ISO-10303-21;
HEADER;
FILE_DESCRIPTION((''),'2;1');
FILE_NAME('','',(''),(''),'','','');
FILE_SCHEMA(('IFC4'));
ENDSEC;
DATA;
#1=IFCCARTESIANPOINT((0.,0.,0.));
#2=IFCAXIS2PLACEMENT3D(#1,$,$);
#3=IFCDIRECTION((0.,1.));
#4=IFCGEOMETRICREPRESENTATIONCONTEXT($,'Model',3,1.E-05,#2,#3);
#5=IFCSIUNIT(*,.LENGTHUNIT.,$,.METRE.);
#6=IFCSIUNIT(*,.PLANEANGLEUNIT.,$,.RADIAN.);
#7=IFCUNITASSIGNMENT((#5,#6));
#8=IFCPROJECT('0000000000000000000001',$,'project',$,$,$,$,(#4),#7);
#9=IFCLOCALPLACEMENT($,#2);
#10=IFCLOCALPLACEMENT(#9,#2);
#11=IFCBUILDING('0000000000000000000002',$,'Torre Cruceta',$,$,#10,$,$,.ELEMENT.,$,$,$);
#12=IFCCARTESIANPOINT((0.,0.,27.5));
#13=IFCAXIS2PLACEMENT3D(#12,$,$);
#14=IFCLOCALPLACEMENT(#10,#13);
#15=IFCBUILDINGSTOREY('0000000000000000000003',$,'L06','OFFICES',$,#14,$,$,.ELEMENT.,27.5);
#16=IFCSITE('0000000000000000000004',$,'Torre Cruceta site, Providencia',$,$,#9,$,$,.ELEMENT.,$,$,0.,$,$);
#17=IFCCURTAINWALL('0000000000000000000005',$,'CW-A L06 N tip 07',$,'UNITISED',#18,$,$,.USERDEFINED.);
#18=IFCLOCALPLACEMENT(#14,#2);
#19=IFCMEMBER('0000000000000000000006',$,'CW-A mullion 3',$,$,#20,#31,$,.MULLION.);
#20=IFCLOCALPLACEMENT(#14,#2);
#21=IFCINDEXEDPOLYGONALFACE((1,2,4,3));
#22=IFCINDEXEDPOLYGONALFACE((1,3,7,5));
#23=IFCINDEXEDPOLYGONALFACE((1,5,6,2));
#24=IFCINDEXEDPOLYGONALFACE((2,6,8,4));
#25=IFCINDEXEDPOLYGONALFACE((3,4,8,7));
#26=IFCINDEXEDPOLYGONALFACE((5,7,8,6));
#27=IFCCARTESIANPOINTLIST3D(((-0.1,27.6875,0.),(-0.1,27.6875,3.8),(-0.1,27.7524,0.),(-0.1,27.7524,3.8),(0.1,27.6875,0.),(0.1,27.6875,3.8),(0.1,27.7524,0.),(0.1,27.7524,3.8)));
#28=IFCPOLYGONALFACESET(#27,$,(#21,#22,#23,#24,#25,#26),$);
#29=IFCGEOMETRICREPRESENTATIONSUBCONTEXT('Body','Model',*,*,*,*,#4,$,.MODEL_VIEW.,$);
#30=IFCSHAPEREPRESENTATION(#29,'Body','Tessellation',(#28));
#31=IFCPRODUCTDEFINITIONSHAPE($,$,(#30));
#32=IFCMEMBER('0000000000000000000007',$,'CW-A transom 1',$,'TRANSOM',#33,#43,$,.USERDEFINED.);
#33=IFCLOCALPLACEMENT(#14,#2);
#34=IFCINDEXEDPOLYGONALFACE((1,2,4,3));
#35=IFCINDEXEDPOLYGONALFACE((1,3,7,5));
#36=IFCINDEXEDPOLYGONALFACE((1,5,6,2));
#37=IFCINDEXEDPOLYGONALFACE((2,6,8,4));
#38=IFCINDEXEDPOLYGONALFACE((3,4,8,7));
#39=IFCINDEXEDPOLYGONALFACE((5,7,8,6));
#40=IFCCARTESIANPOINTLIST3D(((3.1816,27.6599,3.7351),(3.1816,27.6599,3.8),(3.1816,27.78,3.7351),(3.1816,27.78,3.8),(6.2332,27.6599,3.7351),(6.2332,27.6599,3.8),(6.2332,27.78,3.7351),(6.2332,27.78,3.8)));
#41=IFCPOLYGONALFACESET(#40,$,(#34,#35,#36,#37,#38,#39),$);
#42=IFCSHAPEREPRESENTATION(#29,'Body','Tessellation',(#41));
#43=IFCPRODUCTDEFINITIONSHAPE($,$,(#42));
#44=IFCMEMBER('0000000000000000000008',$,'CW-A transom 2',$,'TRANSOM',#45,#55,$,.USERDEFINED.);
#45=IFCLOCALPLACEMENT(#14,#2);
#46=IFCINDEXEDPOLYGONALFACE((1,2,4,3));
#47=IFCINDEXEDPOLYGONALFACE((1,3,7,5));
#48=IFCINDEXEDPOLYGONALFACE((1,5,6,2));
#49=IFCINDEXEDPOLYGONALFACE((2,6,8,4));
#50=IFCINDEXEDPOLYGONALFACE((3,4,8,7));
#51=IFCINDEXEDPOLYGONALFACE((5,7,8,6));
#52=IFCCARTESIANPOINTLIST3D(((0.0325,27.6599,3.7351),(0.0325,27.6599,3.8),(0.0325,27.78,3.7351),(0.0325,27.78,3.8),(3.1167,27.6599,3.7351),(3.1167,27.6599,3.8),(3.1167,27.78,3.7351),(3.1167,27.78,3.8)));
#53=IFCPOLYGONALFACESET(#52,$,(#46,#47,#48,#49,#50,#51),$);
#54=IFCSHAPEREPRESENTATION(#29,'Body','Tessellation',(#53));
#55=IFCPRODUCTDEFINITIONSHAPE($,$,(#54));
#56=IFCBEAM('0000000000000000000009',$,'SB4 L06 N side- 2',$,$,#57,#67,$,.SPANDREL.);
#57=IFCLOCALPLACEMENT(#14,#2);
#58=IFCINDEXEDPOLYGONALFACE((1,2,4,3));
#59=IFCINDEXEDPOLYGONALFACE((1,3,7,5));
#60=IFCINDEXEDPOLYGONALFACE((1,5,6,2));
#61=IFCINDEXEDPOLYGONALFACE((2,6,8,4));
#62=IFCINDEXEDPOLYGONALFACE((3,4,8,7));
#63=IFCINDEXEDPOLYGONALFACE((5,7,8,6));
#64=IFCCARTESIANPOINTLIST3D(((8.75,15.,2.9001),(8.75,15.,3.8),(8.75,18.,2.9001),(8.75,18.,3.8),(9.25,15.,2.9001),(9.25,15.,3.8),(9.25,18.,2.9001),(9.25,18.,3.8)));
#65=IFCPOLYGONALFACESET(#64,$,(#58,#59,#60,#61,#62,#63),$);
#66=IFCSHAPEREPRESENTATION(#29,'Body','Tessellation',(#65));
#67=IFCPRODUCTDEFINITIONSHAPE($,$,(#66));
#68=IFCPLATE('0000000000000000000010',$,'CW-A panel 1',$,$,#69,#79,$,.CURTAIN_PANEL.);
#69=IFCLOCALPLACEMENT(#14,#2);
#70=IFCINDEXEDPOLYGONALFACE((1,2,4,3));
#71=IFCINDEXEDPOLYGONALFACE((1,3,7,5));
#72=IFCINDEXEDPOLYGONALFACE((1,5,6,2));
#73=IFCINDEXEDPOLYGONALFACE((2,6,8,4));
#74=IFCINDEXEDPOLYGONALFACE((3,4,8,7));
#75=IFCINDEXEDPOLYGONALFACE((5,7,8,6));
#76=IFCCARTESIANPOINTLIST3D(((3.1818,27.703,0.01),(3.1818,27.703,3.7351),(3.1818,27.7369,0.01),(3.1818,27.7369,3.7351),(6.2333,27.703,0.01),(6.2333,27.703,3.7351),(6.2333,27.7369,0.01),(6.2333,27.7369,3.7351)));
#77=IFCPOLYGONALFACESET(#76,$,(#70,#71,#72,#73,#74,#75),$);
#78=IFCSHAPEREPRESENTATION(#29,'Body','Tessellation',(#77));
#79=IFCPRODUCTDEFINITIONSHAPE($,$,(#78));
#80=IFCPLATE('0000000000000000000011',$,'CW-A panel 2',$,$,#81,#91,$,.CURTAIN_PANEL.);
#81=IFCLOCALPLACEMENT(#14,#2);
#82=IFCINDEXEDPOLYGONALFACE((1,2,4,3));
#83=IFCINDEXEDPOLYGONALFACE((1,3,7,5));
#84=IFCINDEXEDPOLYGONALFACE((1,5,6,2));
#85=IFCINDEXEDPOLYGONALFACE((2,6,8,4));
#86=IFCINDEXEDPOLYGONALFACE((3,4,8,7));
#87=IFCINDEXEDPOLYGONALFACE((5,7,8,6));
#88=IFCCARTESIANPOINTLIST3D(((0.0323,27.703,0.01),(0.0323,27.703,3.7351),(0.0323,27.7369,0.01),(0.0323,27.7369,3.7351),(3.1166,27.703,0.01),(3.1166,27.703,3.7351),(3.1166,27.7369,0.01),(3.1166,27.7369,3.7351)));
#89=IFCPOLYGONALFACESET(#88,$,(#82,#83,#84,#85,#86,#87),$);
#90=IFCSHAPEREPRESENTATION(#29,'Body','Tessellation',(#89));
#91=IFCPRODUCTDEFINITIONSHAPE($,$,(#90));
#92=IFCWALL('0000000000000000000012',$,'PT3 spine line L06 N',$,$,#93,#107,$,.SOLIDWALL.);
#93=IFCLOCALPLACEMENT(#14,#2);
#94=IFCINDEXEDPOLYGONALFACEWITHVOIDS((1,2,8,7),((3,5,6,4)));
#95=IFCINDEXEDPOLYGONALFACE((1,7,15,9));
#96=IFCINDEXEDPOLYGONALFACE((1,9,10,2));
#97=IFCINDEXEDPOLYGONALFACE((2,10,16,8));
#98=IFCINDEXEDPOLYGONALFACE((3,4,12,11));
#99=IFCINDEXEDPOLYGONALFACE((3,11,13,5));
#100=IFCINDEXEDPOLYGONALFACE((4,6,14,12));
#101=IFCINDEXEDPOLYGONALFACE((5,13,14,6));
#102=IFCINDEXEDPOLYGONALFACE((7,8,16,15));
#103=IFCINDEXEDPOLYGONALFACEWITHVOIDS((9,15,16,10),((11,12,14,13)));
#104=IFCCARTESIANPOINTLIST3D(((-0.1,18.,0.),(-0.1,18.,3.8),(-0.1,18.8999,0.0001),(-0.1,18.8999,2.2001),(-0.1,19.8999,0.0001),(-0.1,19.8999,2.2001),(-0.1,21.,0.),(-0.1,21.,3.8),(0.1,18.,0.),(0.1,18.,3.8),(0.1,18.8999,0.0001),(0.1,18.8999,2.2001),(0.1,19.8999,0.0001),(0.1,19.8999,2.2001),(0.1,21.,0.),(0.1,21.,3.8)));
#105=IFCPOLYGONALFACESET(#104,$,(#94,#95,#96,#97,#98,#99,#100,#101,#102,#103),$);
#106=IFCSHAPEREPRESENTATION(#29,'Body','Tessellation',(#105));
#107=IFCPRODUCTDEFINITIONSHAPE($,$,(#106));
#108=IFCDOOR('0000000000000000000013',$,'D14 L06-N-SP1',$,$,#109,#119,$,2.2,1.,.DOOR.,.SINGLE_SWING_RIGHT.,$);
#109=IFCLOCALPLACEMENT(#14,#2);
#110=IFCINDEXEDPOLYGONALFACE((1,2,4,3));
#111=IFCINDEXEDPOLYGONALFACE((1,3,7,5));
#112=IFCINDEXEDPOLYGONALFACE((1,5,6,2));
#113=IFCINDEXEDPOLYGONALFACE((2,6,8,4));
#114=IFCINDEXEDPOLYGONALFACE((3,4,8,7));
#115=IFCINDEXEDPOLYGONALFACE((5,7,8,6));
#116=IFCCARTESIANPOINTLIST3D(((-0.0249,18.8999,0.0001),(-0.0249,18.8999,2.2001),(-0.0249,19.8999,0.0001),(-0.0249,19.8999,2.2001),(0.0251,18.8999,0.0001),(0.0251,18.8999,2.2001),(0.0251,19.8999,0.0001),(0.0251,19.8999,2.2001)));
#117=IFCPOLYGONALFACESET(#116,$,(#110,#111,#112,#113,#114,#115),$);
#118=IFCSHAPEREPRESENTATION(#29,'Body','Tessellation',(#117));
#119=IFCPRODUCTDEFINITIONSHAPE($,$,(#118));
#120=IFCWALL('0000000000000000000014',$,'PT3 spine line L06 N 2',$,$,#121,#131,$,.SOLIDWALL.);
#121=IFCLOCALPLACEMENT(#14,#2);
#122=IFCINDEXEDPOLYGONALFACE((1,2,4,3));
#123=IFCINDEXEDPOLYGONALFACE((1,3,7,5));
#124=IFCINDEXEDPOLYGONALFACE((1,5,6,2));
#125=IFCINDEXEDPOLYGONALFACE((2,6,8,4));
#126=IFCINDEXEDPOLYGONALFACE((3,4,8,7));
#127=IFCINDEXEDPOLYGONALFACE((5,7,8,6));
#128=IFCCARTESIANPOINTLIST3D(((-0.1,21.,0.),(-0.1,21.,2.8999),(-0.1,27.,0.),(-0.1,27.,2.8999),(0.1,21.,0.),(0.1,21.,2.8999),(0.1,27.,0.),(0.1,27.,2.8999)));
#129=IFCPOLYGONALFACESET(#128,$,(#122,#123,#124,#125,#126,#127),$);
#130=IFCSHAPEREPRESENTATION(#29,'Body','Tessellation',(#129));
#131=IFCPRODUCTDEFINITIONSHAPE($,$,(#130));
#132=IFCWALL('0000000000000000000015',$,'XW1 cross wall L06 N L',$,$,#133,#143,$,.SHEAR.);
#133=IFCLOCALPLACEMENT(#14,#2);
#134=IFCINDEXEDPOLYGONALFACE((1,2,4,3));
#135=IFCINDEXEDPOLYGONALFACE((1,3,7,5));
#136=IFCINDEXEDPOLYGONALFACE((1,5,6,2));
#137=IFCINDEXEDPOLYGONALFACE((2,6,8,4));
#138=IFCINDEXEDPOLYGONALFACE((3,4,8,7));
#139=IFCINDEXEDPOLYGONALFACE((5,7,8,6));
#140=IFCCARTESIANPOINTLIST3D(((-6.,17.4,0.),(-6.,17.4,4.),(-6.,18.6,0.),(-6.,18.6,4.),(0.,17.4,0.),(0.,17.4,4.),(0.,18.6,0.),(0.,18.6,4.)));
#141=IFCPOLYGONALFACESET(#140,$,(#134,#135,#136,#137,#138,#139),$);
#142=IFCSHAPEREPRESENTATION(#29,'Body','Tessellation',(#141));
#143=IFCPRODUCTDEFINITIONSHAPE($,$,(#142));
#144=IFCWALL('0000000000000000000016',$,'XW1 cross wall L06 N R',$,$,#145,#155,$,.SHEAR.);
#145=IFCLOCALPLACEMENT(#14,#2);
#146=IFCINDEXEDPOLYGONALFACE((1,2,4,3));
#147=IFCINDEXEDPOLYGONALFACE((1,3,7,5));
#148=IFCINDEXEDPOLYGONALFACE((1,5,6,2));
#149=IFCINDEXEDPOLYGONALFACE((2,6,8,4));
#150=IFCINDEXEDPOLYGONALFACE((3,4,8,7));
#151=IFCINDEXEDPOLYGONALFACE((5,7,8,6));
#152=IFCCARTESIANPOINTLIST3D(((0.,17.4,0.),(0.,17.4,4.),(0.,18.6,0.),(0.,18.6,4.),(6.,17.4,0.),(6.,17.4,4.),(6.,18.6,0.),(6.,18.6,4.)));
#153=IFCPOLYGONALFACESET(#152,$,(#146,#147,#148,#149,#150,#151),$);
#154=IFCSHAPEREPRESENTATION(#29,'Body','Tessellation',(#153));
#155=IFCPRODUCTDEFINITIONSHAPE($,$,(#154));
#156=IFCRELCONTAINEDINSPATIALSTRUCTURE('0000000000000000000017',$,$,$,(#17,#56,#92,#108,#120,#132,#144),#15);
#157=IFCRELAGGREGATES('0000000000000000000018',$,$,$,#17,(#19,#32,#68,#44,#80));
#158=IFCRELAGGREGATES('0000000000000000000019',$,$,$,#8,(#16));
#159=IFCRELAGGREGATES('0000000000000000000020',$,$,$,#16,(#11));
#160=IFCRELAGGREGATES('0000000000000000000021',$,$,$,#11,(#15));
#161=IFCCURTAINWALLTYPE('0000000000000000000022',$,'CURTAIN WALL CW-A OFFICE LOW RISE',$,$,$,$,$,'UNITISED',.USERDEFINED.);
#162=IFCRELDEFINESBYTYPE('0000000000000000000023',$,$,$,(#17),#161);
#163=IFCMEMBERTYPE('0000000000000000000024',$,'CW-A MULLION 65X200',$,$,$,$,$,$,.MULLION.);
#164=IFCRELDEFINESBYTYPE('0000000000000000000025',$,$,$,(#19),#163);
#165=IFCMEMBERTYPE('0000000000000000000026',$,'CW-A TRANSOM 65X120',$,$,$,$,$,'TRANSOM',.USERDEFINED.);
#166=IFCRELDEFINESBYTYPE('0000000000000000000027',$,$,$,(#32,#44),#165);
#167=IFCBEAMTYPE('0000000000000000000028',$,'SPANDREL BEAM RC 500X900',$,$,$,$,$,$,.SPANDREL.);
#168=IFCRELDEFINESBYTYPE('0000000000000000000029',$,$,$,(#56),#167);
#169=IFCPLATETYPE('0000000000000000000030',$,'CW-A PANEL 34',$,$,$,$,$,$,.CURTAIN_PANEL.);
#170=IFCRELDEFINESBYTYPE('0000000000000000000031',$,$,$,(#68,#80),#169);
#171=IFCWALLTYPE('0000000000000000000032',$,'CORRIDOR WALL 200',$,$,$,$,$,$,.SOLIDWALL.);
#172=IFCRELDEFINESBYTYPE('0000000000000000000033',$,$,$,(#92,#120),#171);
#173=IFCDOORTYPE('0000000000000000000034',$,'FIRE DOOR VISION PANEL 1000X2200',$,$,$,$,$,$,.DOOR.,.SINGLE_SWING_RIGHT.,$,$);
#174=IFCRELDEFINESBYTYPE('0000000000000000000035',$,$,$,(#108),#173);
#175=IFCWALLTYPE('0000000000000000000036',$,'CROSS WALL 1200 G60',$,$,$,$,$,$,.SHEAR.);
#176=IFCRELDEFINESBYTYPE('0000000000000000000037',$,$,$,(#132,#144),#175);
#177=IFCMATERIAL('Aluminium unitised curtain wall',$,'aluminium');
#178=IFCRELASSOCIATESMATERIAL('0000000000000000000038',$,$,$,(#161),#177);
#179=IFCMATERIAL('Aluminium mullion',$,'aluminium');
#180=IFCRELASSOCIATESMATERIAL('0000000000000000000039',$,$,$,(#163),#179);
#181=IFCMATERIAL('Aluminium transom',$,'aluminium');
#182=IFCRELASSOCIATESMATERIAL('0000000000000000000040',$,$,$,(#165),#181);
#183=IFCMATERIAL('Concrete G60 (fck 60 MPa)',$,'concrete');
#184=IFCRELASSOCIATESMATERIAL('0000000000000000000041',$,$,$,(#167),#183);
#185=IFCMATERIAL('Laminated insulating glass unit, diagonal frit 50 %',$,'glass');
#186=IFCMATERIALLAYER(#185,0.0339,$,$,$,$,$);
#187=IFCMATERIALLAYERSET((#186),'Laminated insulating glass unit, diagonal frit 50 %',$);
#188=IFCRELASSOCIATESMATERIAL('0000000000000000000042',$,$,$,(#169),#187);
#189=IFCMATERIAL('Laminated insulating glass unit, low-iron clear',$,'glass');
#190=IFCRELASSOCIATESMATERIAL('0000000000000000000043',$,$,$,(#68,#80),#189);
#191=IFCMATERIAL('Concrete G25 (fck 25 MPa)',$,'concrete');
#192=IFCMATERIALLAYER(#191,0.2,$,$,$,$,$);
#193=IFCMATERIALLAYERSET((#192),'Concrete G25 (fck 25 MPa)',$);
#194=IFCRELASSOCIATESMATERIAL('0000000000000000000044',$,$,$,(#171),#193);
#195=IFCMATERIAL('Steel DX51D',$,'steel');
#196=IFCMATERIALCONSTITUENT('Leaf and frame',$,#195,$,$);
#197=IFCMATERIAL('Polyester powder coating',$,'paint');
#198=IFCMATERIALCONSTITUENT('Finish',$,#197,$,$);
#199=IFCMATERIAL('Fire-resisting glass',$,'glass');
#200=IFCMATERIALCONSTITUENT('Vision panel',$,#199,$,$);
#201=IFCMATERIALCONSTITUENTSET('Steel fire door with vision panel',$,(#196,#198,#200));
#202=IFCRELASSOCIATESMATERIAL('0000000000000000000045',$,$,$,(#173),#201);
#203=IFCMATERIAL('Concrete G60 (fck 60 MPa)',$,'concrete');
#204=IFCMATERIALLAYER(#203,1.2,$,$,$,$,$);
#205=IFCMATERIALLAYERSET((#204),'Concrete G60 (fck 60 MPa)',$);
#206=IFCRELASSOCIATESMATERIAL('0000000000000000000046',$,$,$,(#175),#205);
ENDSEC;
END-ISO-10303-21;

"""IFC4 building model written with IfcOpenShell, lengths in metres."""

from ifc_helpers import new_model, si_unit, direction, frame, frame_2d, origin, origin_2d, place, context, subcontext, project, spatial, rectangle, extrude, material, layer, layer_set, constituent, constituent_set, material_profile, profile_set, type_object, element, fill, aggregate, save


model = new_model("IFC4")

# Units and contexts
model_context = context("Model", 3, precision=1e-05, world=origin(), true_north=direction((0.0, 1.0)))
body_context = subcontext(model_context, "Body", "Model", "MODEL_VIEW")
ifc_project = project(units=[si_unit("LENGTHUNIT", "METRE"), si_unit("PLANEANGLEUNIT", "RADIAN")], contexts=[model_context])

# Site, building, storey
site_placement = place(None, origin())
site = spatial("IfcSite", under=ifc_project, at=site_placement, Name="Torre Cruceta site, Providencia", CompositionType="ELEMENT", RefElevation=0.0)
building_placement = place(site_placement, origin())
building = spatial("IfcBuilding", under=site, at=building_placement, Name="Torre Cruceta", CompositionType="ELEMENT")
storey_placement = place(building_placement, frame((0.0, 0.0, 27.5)))
storey = spatial("IfcBuildingStorey", under=building, at=storey_placement, Name="L06", Description="OFFICES", CompositionType="ELEMENT", Elevation=27.5)

# Curtain wall, members
ifc_material_1 = material(Name="Aluminium unitised curtain wall", Category="aluminium")
curtain_wall_type = type_object("IfcCurtainWallType", Name="CURTAIN WALL CW-A OFFICE LOW RISE", ElementType="UNITISED", PredefinedType="USERDEFINED", material=ifc_material_1)
curtain_wall_placement = place(storey_placement, origin())
curtain_wall = element("IfcCurtainWall", 1, at=curtain_wall_placement, inside=storey, type_object=curtain_wall_type, Name="CW-A L06 N tip 07", ObjectType="UNITISED", PredefinedType="USERDEFINED")
ifc_material_2 = material(Name="Aluminium mullion", Category="aluminium")
ifc_material_profile_1 = material_profile(ifc_material_2, rectangle(XDim=0.0649, YDim=0.2, at=origin_2d()), Name="AL 65X200")
ifc_profile_set_1 = profile_set([ifc_material_profile_1], Name="Aluminium mullion")
member_type_1 = type_object("IfcMemberType", Name="CW-A MULLION 65X200", PredefinedType="MULLION", material=ifc_profile_set_1)
member_1_placement = place(storey_placement, frame((0.0, 27.72, 0.0), z_axis=(0.0, 0.0, 1.0), x_axis=(0.0, -1.0, 0.0)))
member_1 = element("IfcMember", 2, at=member_1_placement, type_object=member_type_1, Name="CW-A mullion 3", PredefinedType="MULLION", context=body_context, shape_type="SweptSolid", body=[
    extrude(rectangle(XDim=0.0649, YDim=0.2, at=origin_2d()), origin(), (0.0, 0.0, 1.0), 3.8),
])
ifc_material_3 = material(Name="Aluminium transom", Category="aluminium")
ifc_material_profile_2 = material_profile(ifc_material_3, rectangle(XDim=0.1201, YDim=0.0649, at=origin_2d()), Name="AL 120X65")
ifc_profile_set_2 = profile_set([ifc_material_profile_2], Name="Aluminium transom")
member_type_2 = type_object("IfcMemberType", Name="CW-A TRANSOM 65X120", ElementType="TRANSOM", PredefinedType="USERDEFINED", material=ifc_profile_set_2)
member_2_placement = place(storey_placement, frame((6.2332, 27.72, 3.7676), z_axis=(-1.0, 0.0, 0.0), x_axis=(0.0, -1.0, 0.0)))
member_2 = element("IfcMember", 3, at=member_2_placement, type_object=member_type_2, Name="CW-A transom 1", ObjectType="TRANSOM", PredefinedType="USERDEFINED", context=body_context, shape_type="SweptSolid", body=[
    extrude(rectangle(XDim=0.1201, YDim=0.0649, at=origin_2d()), origin(), (0.0, 0.0, 1.0), 3.0515),
])
member_3_placement = place(storey_placement, frame((3.1167, 27.72, 3.7676), z_axis=(-1.0, 0.0, 0.0), x_axis=(0.0, -1.0, 0.0)))
member_3 = element("IfcMember", 4, at=member_3_placement, type_object=member_type_2, Name="CW-A transom 2", ObjectType="TRANSOM", PredefinedType="USERDEFINED", context=body_context, shape_type="SweptSolid", body=[
    extrude(rectangle(XDim=0.1201, YDim=0.0649, at=origin_2d()), origin(), (0.0, 0.0, 1.0), 3.0842),
])

# Beam
ifc_material_4 = material(Name="Concrete G60 (fck 60 MPa)", Category="concrete")
ifc_material_profile_3 = material_profile(ifc_material_4, rectangle(XDim=0.5, YDim=0.8999, at=origin_2d()), Name="RC 500X900")
ifc_profile_set_3 = profile_set([ifc_material_profile_3], Name="Concrete G60 (fck 60 MPa)")
beam_type_1 = type_object("IfcBeamType", Name="SPANDREL BEAM RC 500X900", PredefinedType="SPANDREL", material=ifc_profile_set_3)
beam_placement = place(storey_placement, frame((9.0, 15.0, 3.3501), z_axis=(0.0, 1.0, 0.0), x_axis=(-1.0, 0.0, 0.0)))
element("IfcBeam", 5, at=beam_placement, inside=storey, type_object=beam_type_1, Name="SB4 L06 N side- 2", PredefinedType="SPANDREL", context=body_context, shape_type="SweptSolid", body=[
    extrude(rectangle(XDim=0.5, YDim=0.8999, at=origin_2d()), origin(), (0.0, 0.0, 1.0), 3.0),
])

# Plates
ifc_material_5 = material(Name="Laminated insulating glass unit, low-iron clear", Category="glass")
ifc_material_6 = material(Name="Laminated insulating glass unit, diagonal frit 50 %", Category="glass")
ifc_layer_1 = layer(ifc_material_6, 0.0339)
ifc_layer_set_1 = layer_set([ifc_layer_1], Name="Laminated insulating glass unit, diagonal frit 50 %")
plate_type = type_object("IfcPlateType", Name="CW-A PANEL 34", PredefinedType="CURTAIN_PANEL", material=ifc_layer_set_1)
plate_1_placement = place(storey_placement, frame((4.7075, 27.72, 0.01), z_axis=(0.0, 0.0, 1.0), x_axis=(-1.0, 0.0, 0.0)))
plate_1 = element("IfcPlate", 6, at=plate_1_placement, type_object=plate_type, material=ifc_material_5, Name="CW-A panel 1", PredefinedType="CURTAIN_PANEL", context=body_context, shape_type="SweptSolid", body=[
    extrude(rectangle(XDim=3.0515, YDim=0.0339, at=origin_2d()), origin(), (0.0, 0.0, 1.0), 3.7251),
])
plate_2_placement = place(storey_placement, frame((1.5745, 27.72, 0.01), z_axis=(0.0, 0.0, 1.0), x_axis=(-1.0, 0.0, 0.0)))
plate_2 = element("IfcPlate", 7, at=plate_2_placement, type_object=plate_type, material=ifc_material_5, Name="CW-A panel 2", PredefinedType="CURTAIN_PANEL", context=body_context, shape_type="SweptSolid", body=[
    extrude(rectangle(XDim=3.0842, YDim=0.0339, at=origin_2d()), origin(), (0.0, 0.0, 1.0), 3.7251),
])
aggregate(curtain_wall, [member_1, member_2, plate_1, member_3, plate_2])

# Wall, opening, door
ifc_material_7 = material(Name="Concrete G25 (fck 25 MPa)", Category="concrete")
ifc_layer_2 = layer(ifc_material_7, 0.2)
ifc_layer_set_2 = layer_set([ifc_layer_2], Name="Concrete G25 (fck 25 MPa)")
wall_type_1 = type_object("IfcWallType", Name="CORRIDOR WALL 200", PredefinedType="SOLIDWALL", material=ifc_layer_set_2)
wall_1_placement = place(storey_placement, frame((0.0, 18.0, 0.0), z_axis=(0.0, 0.0, 1.0), x_axis=(0.0, 1.0, 0.0)))
wall_1 = element("IfcWall", 8, at=wall_1_placement, inside=storey, type_object=wall_type_1, Name="PT3 spine line L06 N", PredefinedType="SOLIDWALL", context=body_context, shape_type="SweptSolid", body=[
    extrude(rectangle(XDim=3.0, YDim=0.2, at=frame_2d((1.5, 0.0))), origin(), (0.0, 0.0, 1.0), 3.8),
])
opening_1_placement = place(wall_1_placement, frame((0.8999, 0.0, 0.0)))
opening_1 = element("IfcOpeningElement", 9, at=opening_1_placement, cuts=wall_1, PredefinedType="OPENING", context=body_context, shape_type="SweptSolid", body=[
    extrude(rectangle(XDim=1.0, YDim=2.2, at=frame_2d((0.5, 1.1001))), frame((0.0, 0.1099, 0.0), z_axis=(0.0, -1.0, 0.0), x_axis=(1.0, 0.0, 0.0)), (0.0, 0.0, 1.0), 0.22),
])
ifc_material_8 = material(Name="Steel DX51D", Category="steel")
ifc_constituent_1 = constituent(ifc_material_8, Name="Leaf and frame")
ifc_material_9 = material(Name="Polyester powder coating", Category="paint")
ifc_constituent_2 = constituent(ifc_material_9, Name="Finish")
ifc_material_10 = material(Name="Fire-resisting glass", Category="glass")
ifc_constituent_3 = constituent(ifc_material_10, Name="Vision panel")
ifc_constituent_set_1 = constituent_set(constituents=[ifc_constituent_1, ifc_constituent_2, ifc_constituent_3], Name="Steel fire door with vision panel")
door_type_1 = type_object("IfcDoorType", Name="FIRE DOOR VISION PANEL 1000X2200", OperationType="SINGLE_SWING_RIGHT", PredefinedType="DOOR", material=ifc_constituent_set_1)
door_1_placement = place(opening_1_placement, frame((1.0, 0.0, 0.0), z_axis=(0.0, 0.0, 1.0), x_axis=(-1.0, 0.0, 0.0)))
door_1 = element("IfcDoor", 10, at=door_1_placement, inside=storey, type_object=door_type_1, Name="D14 L06-N-SP1", OperationType="SINGLE_SWING_RIGHT", OverallHeight=2.2, OverallWidth=1.0, PredefinedType="DOOR", context=body_context, shape_type="SweptSolid", body=[
    extrude(rectangle(XDim=1.0, YDim=2.2, at=frame_2d((0.5, 1.1001))), frame((0.0, 0.0251, 0.0), z_axis=(0.0, -1.0, 0.0), x_axis=(1.0, 0.0, 0.0)), (0.0, 0.0, 1.0), 0.05),
])
fill(opening_1, door_1)

# Walls
wall_2_placement = place(storey_placement, frame((0.0, 21.0, 0.0), z_axis=(0.0, 0.0, 1.0), x_axis=(0.0, 1.0, 0.0)))
element("IfcWall", 11, at=wall_2_placement, inside=storey, type_object=wall_type_1, Name="PT3 spine line L06 N 2", PredefinedType="SOLIDWALL", context=body_context, shape_type="SweptSolid", body=[
    extrude(rectangle(XDim=6.0, YDim=0.2, at=frame_2d((3.0, 0.0))), origin(), (0.0, 0.0, 1.0), 2.8999),
])
ifc_material_11 = material(Name="Concrete G60 (fck 60 MPa)", Category="concrete")
ifc_layer_3 = layer(ifc_material_11, 1.2)
ifc_layer_set_3 = layer_set([ifc_layer_3], Name="Concrete G60 (fck 60 MPa)")
wall_type_2 = type_object("IfcWallType", Name="CROSS WALL 1200 G60", PredefinedType="SHEAR", material=ifc_layer_set_3)
for number, where, z_axis, x_axis, name in (
    (12, (0.0, 18.0, 0.0), (0.0, 0.0, 1.0), (-1.0, 0.0, 0.0), "XW1 cross wall L06 N L"),
    (13, (0.0, 18.0, 0.0), (0.0, 0.0, 1.0), (1.0, 0.0, 0.0), "XW1 cross wall L06 N R"),
):
    element("IfcWall", number, at=place(storey_placement, frame(where, z_axis=z_axis, x_axis=x_axis)), inside=storey, type_object=wall_type_2, Name=name, PredefinedType="SHEAR", context=body_context, shape_type="SweptSolid", body=[
        extrude(rectangle(XDim=6.0, YDim=1.2, at=frame_2d((3.0, 0.0))), origin(), (0.0, 0.0, 1.0), 4.0),
    ])

save(model, "model.ifc")
